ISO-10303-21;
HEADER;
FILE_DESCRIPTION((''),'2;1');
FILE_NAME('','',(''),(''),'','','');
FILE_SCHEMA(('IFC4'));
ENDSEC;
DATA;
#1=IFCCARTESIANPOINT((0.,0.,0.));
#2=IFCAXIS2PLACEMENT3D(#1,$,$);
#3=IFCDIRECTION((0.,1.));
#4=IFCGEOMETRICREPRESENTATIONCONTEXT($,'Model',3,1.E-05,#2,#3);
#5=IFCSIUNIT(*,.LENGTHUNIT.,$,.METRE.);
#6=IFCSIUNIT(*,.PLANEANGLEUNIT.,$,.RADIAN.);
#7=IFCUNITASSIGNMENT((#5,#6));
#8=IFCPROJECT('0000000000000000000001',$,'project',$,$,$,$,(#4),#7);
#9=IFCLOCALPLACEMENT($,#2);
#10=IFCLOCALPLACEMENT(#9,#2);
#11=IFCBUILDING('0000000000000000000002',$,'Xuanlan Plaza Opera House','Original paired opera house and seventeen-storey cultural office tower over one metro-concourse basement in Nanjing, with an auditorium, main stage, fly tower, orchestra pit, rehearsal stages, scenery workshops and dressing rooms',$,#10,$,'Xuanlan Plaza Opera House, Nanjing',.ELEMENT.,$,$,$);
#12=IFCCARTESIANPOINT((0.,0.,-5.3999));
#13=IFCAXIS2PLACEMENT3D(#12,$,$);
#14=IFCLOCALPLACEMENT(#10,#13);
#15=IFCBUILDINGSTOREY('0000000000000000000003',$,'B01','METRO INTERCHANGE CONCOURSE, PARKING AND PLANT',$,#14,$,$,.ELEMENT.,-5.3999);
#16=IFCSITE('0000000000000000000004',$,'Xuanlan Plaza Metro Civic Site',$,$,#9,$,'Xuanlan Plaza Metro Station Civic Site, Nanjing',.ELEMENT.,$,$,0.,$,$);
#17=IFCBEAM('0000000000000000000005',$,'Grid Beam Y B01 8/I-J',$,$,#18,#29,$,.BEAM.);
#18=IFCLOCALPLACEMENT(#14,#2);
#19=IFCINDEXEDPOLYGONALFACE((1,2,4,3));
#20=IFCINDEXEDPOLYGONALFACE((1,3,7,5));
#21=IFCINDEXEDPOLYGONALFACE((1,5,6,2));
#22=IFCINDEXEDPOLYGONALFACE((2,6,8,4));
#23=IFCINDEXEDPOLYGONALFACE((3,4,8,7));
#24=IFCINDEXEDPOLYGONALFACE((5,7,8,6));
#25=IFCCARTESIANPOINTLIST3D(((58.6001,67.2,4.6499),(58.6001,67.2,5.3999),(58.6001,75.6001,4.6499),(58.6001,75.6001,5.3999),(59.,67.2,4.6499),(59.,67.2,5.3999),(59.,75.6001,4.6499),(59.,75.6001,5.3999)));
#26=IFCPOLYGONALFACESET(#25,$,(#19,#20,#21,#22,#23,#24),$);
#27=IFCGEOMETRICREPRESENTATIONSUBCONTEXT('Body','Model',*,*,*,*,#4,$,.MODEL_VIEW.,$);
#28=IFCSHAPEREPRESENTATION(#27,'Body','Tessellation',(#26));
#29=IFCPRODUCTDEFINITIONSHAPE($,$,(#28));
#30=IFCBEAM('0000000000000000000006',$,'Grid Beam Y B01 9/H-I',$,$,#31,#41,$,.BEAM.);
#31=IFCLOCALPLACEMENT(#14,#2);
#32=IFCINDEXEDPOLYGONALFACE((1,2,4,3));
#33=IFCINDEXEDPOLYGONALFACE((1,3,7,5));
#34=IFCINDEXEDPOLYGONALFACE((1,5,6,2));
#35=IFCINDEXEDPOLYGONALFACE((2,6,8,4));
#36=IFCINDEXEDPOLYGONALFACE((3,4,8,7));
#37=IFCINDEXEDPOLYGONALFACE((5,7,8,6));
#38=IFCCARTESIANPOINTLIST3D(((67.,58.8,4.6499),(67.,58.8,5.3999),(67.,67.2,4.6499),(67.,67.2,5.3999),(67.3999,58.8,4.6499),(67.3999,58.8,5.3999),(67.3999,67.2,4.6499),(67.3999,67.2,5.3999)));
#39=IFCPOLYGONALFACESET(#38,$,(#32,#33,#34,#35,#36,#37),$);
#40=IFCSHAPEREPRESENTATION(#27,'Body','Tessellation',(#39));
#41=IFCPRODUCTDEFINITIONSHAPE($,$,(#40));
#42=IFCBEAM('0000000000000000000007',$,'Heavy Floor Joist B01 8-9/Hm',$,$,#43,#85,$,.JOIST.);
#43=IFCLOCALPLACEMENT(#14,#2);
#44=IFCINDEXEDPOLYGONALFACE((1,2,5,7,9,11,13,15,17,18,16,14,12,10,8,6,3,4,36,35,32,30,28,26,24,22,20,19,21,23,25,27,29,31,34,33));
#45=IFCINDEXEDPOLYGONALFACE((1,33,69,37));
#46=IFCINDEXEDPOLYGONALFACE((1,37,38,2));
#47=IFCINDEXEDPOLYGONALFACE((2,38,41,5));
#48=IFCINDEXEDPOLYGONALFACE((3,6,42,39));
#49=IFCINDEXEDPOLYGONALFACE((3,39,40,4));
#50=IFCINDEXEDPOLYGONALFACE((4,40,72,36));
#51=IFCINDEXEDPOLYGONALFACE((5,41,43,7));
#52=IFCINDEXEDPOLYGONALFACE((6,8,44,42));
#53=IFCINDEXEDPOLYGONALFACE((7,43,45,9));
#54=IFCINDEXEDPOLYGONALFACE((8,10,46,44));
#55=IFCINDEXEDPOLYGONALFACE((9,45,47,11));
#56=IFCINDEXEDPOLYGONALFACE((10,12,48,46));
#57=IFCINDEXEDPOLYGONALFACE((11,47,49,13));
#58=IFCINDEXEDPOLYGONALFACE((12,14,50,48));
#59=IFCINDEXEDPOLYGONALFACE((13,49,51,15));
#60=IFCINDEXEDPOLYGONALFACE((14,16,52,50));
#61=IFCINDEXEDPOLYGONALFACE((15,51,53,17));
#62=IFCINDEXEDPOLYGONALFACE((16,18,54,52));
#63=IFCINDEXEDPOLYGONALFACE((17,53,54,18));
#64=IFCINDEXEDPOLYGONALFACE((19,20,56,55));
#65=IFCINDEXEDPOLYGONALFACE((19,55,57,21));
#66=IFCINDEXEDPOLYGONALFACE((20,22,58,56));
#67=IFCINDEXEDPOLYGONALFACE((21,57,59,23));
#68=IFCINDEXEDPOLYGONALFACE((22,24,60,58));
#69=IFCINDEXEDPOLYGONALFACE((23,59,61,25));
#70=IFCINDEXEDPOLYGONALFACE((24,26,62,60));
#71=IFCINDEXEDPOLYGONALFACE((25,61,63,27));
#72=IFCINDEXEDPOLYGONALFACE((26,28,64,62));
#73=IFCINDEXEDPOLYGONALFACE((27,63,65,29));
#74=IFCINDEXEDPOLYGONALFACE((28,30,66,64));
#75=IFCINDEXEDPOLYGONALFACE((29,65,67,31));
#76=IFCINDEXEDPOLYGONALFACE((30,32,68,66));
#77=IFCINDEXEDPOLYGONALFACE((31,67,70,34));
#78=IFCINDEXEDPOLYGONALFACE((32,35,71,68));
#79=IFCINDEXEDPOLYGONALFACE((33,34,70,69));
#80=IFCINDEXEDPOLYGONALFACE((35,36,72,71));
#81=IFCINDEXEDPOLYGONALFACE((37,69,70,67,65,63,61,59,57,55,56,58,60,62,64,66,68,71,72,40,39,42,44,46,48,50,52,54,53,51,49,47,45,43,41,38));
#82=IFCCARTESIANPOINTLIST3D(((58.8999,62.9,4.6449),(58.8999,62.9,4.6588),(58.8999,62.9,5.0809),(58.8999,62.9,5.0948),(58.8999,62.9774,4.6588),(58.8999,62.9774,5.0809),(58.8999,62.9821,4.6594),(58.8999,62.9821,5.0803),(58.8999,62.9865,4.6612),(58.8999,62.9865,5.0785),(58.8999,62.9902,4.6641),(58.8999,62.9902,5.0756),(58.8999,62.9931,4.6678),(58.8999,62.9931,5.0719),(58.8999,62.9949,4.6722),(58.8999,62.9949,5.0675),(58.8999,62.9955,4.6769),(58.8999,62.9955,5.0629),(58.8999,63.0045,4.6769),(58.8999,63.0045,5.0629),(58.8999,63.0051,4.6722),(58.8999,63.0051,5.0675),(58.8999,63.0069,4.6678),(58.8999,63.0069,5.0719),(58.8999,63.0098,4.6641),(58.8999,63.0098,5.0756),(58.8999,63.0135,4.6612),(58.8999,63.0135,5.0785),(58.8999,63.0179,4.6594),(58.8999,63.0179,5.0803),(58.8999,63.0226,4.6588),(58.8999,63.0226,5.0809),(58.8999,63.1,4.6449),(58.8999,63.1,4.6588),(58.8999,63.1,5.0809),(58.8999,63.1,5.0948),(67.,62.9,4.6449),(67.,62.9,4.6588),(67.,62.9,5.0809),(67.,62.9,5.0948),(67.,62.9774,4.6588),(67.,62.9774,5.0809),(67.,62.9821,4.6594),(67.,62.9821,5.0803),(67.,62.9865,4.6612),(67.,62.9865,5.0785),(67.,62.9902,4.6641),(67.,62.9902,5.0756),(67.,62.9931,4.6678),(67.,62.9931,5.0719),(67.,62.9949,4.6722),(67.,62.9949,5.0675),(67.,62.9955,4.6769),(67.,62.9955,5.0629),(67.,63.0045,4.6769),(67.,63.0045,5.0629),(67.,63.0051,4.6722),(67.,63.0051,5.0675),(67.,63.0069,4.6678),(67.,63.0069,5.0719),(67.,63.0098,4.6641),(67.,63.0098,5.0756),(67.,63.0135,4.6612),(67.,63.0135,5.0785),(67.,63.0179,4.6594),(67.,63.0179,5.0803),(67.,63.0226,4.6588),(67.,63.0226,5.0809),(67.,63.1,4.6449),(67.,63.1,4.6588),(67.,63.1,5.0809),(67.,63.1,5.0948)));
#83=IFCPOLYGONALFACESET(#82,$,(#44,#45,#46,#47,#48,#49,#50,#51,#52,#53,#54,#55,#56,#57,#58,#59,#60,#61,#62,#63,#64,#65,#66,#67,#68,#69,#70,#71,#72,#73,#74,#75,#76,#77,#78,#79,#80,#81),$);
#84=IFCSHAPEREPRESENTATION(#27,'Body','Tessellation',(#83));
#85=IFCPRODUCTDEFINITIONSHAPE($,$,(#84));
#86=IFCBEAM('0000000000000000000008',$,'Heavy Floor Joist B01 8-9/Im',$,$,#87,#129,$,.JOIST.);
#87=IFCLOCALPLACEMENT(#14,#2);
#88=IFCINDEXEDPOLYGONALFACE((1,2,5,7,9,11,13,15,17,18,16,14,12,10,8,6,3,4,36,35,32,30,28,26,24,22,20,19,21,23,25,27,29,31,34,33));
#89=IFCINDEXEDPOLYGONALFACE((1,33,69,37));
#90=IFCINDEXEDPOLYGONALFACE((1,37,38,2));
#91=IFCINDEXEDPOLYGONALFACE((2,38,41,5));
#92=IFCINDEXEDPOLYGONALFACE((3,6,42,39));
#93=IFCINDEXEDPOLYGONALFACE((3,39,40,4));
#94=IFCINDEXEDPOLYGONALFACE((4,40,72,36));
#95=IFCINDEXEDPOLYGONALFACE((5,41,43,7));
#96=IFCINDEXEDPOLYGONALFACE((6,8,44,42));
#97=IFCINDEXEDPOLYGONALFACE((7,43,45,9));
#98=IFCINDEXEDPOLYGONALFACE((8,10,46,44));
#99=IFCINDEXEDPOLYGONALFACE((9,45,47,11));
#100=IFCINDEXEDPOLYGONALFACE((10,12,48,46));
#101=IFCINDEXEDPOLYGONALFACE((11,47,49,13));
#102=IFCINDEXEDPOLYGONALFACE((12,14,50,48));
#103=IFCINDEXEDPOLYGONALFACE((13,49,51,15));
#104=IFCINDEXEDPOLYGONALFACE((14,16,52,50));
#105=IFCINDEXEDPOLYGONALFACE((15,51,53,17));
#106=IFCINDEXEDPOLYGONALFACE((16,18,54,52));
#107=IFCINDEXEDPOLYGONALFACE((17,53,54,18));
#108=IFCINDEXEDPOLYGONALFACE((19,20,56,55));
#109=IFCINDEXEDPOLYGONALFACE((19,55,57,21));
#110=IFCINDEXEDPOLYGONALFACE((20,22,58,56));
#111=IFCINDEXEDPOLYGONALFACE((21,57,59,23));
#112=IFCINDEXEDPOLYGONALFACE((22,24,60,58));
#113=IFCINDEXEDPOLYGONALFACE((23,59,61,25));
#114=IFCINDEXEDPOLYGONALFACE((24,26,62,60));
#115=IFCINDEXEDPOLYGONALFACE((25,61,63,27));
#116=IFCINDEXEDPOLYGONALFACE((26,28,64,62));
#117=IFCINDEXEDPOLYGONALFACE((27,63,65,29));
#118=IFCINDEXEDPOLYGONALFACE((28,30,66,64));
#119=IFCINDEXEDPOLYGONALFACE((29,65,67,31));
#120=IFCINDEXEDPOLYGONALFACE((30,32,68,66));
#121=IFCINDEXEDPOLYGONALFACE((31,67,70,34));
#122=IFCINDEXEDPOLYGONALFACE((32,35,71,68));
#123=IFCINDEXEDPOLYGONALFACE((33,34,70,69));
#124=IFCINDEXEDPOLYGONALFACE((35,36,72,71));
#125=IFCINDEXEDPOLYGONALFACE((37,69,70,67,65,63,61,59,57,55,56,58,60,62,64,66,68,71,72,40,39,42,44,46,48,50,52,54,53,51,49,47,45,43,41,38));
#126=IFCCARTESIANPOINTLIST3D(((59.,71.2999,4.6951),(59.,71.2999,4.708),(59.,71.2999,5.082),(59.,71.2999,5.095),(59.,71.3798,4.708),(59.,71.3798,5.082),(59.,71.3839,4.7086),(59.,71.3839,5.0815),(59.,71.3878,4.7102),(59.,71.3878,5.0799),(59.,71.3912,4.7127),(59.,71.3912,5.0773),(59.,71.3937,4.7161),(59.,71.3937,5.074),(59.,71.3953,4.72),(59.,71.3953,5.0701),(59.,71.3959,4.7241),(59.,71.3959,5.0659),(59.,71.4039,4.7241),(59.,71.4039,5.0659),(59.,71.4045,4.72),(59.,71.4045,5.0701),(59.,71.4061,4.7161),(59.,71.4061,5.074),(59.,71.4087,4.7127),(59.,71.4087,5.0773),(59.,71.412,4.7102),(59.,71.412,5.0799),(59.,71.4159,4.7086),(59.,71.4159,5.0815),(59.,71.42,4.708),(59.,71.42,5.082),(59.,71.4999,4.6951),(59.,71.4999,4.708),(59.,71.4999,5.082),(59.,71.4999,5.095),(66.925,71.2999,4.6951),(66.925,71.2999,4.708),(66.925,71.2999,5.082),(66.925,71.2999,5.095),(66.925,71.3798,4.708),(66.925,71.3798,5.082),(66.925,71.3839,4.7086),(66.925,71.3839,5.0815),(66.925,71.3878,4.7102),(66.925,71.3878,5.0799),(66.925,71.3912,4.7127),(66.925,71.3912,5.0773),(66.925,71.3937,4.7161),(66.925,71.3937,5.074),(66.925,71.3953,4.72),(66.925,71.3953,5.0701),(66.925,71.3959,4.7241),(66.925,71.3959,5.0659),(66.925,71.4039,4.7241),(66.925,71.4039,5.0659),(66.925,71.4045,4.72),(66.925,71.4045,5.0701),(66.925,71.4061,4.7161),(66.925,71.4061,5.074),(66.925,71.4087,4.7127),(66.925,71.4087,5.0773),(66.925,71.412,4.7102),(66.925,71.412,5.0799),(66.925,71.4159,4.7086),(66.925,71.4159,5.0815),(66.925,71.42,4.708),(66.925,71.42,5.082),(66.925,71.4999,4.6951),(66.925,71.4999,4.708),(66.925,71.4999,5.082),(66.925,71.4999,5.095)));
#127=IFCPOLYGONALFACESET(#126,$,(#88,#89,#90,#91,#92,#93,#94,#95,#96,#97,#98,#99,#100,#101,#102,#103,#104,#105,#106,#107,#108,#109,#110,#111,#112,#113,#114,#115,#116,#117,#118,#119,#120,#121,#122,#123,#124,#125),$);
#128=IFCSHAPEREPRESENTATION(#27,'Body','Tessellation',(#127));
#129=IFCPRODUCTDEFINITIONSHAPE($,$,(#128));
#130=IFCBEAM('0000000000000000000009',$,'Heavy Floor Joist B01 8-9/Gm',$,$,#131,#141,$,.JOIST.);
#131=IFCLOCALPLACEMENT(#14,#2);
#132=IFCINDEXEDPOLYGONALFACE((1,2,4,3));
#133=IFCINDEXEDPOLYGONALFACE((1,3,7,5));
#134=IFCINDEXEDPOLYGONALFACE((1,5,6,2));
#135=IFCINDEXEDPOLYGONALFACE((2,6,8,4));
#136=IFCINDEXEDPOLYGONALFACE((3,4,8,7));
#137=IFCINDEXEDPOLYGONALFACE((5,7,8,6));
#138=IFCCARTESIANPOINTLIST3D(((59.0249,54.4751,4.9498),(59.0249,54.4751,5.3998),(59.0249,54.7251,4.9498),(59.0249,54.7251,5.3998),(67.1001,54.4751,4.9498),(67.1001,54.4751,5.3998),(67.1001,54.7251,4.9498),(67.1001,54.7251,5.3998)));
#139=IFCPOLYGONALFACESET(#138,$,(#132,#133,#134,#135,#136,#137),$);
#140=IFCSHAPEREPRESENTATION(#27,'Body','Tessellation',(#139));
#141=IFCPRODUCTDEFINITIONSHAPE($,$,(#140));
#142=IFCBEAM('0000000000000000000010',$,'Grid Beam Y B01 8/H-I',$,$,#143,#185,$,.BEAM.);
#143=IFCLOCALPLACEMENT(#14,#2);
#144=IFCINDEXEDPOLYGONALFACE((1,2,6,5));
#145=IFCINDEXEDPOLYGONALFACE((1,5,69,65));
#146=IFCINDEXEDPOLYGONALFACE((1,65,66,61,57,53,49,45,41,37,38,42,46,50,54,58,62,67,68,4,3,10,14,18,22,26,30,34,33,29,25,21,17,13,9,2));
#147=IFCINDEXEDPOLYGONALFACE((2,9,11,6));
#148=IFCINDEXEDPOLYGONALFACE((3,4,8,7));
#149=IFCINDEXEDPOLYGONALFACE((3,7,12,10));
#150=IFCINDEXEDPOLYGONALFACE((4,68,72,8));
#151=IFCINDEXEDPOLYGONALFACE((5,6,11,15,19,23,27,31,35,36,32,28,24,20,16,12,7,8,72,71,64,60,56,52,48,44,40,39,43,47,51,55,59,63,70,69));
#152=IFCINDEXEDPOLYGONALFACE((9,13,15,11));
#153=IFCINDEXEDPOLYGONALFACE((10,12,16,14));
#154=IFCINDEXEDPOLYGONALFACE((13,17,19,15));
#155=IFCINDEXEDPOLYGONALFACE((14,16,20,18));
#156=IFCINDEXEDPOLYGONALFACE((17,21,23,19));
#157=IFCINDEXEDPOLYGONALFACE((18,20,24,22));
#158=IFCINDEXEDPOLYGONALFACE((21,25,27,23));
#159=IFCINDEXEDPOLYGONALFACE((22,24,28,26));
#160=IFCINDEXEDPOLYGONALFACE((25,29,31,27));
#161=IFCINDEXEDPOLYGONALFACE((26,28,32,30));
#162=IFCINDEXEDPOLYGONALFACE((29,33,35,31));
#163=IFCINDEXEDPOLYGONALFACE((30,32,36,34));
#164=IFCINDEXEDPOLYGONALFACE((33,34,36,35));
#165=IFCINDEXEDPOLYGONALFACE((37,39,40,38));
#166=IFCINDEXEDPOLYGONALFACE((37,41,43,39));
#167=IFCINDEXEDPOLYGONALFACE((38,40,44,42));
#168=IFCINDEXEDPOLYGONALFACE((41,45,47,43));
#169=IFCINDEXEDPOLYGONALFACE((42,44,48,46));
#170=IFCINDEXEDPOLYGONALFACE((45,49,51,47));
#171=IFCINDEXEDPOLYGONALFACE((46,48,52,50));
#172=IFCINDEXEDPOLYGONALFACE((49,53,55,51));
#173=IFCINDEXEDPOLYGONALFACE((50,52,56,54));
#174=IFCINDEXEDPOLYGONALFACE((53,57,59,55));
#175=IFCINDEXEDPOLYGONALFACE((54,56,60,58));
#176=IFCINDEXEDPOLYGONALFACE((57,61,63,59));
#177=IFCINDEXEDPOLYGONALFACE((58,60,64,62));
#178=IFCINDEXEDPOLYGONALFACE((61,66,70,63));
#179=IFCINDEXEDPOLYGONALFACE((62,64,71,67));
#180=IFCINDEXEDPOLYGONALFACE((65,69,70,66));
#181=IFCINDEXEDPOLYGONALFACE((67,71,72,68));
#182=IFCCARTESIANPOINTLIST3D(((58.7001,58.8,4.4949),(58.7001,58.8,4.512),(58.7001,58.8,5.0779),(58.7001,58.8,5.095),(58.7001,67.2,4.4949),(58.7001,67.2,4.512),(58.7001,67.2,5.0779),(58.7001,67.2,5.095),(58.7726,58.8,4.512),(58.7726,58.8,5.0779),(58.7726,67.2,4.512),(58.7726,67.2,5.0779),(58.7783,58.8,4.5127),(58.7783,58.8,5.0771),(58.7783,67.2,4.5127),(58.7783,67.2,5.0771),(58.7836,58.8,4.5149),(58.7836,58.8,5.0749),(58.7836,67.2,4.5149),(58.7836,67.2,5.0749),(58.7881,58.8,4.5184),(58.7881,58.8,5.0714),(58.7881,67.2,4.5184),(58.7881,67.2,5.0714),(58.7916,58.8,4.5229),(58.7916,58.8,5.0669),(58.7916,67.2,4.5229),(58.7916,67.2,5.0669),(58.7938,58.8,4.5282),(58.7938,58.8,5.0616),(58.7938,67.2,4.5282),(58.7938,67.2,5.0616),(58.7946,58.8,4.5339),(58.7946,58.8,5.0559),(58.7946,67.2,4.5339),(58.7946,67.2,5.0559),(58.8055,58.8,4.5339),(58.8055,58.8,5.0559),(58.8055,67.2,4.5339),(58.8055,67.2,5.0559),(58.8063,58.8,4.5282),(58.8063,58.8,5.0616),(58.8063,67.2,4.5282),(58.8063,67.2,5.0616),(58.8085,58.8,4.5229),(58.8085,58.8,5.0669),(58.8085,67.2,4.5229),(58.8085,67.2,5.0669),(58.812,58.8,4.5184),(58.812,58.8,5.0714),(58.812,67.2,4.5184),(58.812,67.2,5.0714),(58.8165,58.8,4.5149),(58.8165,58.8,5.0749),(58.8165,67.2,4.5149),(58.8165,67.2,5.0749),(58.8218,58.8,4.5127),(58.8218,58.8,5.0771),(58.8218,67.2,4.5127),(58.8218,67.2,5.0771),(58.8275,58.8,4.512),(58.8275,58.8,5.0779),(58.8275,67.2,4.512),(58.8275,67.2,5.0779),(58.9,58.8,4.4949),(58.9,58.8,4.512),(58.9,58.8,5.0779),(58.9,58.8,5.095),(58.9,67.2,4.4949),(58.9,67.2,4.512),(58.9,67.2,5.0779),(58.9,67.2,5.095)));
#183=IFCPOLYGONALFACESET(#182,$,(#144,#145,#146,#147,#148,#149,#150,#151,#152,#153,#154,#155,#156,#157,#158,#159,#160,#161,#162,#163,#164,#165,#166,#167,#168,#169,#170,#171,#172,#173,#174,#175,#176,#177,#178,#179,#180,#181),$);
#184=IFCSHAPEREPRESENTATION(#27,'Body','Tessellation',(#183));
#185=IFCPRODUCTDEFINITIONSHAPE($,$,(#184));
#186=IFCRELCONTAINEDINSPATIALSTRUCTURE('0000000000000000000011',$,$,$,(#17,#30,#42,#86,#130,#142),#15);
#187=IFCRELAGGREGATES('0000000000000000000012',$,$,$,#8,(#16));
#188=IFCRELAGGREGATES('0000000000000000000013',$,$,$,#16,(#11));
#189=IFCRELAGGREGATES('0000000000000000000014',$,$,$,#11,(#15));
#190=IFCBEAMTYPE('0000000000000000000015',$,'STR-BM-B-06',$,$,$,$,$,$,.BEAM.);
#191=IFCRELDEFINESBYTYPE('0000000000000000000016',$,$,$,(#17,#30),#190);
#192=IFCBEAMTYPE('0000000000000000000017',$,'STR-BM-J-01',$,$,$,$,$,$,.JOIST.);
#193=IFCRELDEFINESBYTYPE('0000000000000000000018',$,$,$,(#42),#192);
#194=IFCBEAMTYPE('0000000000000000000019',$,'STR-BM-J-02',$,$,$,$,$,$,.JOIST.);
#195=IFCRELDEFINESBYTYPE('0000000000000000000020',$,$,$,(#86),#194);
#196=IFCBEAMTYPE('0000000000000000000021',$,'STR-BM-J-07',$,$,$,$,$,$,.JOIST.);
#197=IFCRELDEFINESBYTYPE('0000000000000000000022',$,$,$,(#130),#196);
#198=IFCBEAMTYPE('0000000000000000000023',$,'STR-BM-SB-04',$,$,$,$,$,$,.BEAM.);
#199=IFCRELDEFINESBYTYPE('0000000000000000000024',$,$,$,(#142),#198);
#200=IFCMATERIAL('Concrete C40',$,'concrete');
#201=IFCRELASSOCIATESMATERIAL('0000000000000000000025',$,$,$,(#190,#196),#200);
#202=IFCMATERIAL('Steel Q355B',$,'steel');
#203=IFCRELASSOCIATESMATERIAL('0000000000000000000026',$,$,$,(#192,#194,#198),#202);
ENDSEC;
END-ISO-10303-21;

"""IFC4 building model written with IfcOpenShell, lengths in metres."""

from ifc_helpers import new_model, si_unit, direction, frame, origin, origin_2d, place, context, subcontext, project, spatial, rectangle, i_section, extrude, material, material_profile, profile_set, type_object, element, save


model = new_model("IFC4")

# Units and contexts
model_context = context("Model", 3, precision=1e-05, world=origin(), true_north=direction((0.0, 1.0)))
body_context = subcontext(model_context, "Body", "Model", "MODEL_VIEW")
ifc_project = project(units=[si_unit("LENGTHUNIT", "METRE"), si_unit("PLANEANGLEUNIT", "RADIAN")], contexts=[model_context])

# Site, building, storey
site_placement = place(None, origin())
site = spatial("IfcSite", under=ifc_project, at=site_placement, Name="Xuanlan Plaza Metro Civic Site", LongName="Xuanlan Plaza Metro Station Civic Site, Nanjing", CompositionType="ELEMENT", RefElevation=0.0)
building_placement = place(site_placement, origin())
building = spatial("IfcBuilding", under=site, at=building_placement, Name="Xuanlan Plaza Opera House", Description="Original paired opera house and seventeen-storey cultural office tower over one metro-concourse basement in Nanjing, with an auditorium, main stage, fly tower, orchestra pit, rehearsal stages, scenery workshops and dressing rooms", LongName="Xuanlan Plaza Opera House, Nanjing", CompositionType="ELEMENT")
storey_placement = place(building_placement, frame((0.0, 0.0, -5.3999)))
storey = spatial("IfcBuildingStorey", under=building, at=storey_placement, Name="B01", Description="METRO INTERCHANGE CONCOURSE, PARKING AND PLANT", CompositionType="ELEMENT", Elevation=-5.3999)

# Shared definitions
ifc_material_1 = material(Name="Concrete C40", Category="concrete")

# Beams
ifc_material_profile_1 = material_profile(ifc_material_1, rectangle(XDim=0.3999, YDim=0.75, at=origin_2d()), Name="RC-BM 400x750")
ifc_profile_set_1 = profile_set([ifc_material_profile_1], Name="Concrete C40")
beam_type_1 = type_object("IfcBeamType", Name="STR-BM-B-06", PredefinedType="BEAM", material=ifc_profile_set_1)
beam_1_placement = place(storey_placement, frame((58.8, 67.2, 5.0249), z_axis=(0.0, 1.0, 0.0), x_axis=(-1.0, 0.0, 0.0)))
element("IfcBeam", 1, at=beam_1_placement, inside=storey, type_object=beam_type_1, Name="Grid Beam Y B01 8/I-J", PredefinedType="BEAM", context=body_context, shape_type="SweptSolid", body=[
    extrude(rectangle(XDim=0.3999, YDim=0.75, at=origin_2d()), origin(), (0.0, 0.0, 1.0), 8.4001),
])
beam_2_placement = place(storey_placement, frame((67.2, 58.8, 5.0249), z_axis=(0.0, 1.0, 0.0), x_axis=(-1.0, 0.0, 0.0)))
element("IfcBeam", 2, at=beam_2_placement, inside=storey, type_object=beam_type_1, Name="Grid Beam Y B01 9/H-I", PredefinedType="BEAM", context=body_context, shape_type="SweptSolid", body=[
    extrude(rectangle(XDim=0.3999, YDim=0.75, at=origin_2d()), origin(), (0.0, 0.0, 1.0), 8.3999),
])
ifc_material_2 = material(Name="Steel Q355B", Category="steel")
ifc_material_profile_2 = material_profile(ifc_material_2, i_section(OverallWidth=0.2, OverallDepth=0.45, WebThickness=0.009, FlangeThickness=0.0139, FilletRadius=0.0181, at=origin_2d()), Name="HN 450x200x9x14")
ifc_profile_set_2 = profile_set([ifc_material_profile_2], Name="Steel Q355B")
beam_type_2 = type_object("IfcBeamType", Name="STR-BM-J-01", PredefinedType="JOIST", material=ifc_profile_set_2)
beam_3_placement = place(storey_placement, frame((58.8999, 63.0, 4.8699), z_axis=(1.0, 0.0, 0.0), x_axis=(0.0, 1.0, 0.0)))
element("IfcBeam", 3, at=beam_3_placement, inside=storey, type_object=beam_type_2, Name="Heavy Floor Joist B01 8-9/Hm", PredefinedType="JOIST", context=body_context, shape_type="SweptSolid", body=[
    extrude(i_section(OverallWidth=0.2, OverallDepth=0.45, WebThickness=0.009, FlangeThickness=0.0139, FilletRadius=0.0181, at=origin_2d()), origin(), (0.0, 0.0, 1.0), 8.1001),
])
ifc_material_profile_3 = material_profile(ifc_material_2, i_section(OverallWidth=0.2, OverallDepth=0.3999, WebThickness=0.0081, FlangeThickness=0.0129, FilletRadius=0.0161, at=origin_2d()), Name="HN 400x200x8x13")
ifc_profile_set_3 = profile_set([ifc_material_profile_3], Name="Steel Q355B")
beam_type_3 = type_object("IfcBeamType", Name="STR-BM-J-02", PredefinedType="JOIST", material=ifc_profile_set_3)
beam_4_placement = place(storey_placement, frame((59.0, 71.3999, 4.895), z_axis=(1.0, 0.0, 0.0), x_axis=(0.0, 1.0, 0.0)))
element("IfcBeam", 4, at=beam_4_placement, inside=storey, type_object=beam_type_3, Name="Heavy Floor Joist B01 8-9/Im", PredefinedType="JOIST", context=body_context, shape_type="SweptSolid", body=[
    extrude(i_section(OverallWidth=0.2, OverallDepth=0.3999, WebThickness=0.0081, FlangeThickness=0.0129, FilletRadius=0.0161, at=origin_2d()), origin(), (0.0, 0.0, 1.0), 7.925),
])
ifc_material_profile_4 = material_profile(ifc_material_1, rectangle(XDim=0.25, YDim=0.45, at=origin_2d()), Name="RC-JST 250x450")
ifc_profile_set_4 = profile_set([ifc_material_profile_4], Name="Concrete C40")
beam_type_4 = type_object("IfcBeamType", Name="STR-BM-J-07", PredefinedType="JOIST", material=ifc_profile_set_4)
beam_5_placement = place(storey_placement, frame((59.0249, 54.6001, 5.1748), z_axis=(1.0, 0.0, 0.0), x_axis=(0.0, 1.0, 0.0)))
element("IfcBeam", 5, at=beam_5_placement, inside=storey, type_object=beam_type_4, Name="Heavy Floor Joist B01 8-9/Gm", PredefinedType="JOIST", context=body_context, shape_type="SweptSolid", body=[
    extrude(rectangle(XDim=0.25, YDim=0.45, at=origin_2d()), origin(), (0.0, 0.0, 1.0), 8.0752),
])
ifc_material_profile_5 = material_profile(ifc_material_2, i_section(OverallWidth=0.2, OverallDepth=0.6001, WebThickness=0.011, FlangeThickness=0.0171, FilletRadius=0.022, at=origin_2d()), Name="HN 600x200x11x17")
ifc_profile_set_5 = profile_set([ifc_material_profile_5], Name="Steel Q355B")
beam_type_5 = type_object("IfcBeamType", Name="STR-BM-SB-04", PredefinedType="BEAM", material=ifc_profile_set_5)
beam_6_placement = place(storey_placement, frame((58.8, 58.8, 4.7949), z_axis=(0.0, 1.0, 0.0), x_axis=(-1.0, 0.0, 0.0)))
element("IfcBeam", 6, at=beam_6_placement, inside=storey, type_object=beam_type_5, Name="Grid Beam Y B01 8/H-I", PredefinedType="BEAM", context=body_context, shape_type="SweptSolid", body=[
    extrude(i_section(OverallWidth=0.2, OverallDepth=0.6001, WebThickness=0.011, FlangeThickness=0.0171, FilletRadius=0.022, at=origin_2d()), origin(), (0.0, 0.0, 1.0), 8.3999),
])

save(model, "model.ifc")
